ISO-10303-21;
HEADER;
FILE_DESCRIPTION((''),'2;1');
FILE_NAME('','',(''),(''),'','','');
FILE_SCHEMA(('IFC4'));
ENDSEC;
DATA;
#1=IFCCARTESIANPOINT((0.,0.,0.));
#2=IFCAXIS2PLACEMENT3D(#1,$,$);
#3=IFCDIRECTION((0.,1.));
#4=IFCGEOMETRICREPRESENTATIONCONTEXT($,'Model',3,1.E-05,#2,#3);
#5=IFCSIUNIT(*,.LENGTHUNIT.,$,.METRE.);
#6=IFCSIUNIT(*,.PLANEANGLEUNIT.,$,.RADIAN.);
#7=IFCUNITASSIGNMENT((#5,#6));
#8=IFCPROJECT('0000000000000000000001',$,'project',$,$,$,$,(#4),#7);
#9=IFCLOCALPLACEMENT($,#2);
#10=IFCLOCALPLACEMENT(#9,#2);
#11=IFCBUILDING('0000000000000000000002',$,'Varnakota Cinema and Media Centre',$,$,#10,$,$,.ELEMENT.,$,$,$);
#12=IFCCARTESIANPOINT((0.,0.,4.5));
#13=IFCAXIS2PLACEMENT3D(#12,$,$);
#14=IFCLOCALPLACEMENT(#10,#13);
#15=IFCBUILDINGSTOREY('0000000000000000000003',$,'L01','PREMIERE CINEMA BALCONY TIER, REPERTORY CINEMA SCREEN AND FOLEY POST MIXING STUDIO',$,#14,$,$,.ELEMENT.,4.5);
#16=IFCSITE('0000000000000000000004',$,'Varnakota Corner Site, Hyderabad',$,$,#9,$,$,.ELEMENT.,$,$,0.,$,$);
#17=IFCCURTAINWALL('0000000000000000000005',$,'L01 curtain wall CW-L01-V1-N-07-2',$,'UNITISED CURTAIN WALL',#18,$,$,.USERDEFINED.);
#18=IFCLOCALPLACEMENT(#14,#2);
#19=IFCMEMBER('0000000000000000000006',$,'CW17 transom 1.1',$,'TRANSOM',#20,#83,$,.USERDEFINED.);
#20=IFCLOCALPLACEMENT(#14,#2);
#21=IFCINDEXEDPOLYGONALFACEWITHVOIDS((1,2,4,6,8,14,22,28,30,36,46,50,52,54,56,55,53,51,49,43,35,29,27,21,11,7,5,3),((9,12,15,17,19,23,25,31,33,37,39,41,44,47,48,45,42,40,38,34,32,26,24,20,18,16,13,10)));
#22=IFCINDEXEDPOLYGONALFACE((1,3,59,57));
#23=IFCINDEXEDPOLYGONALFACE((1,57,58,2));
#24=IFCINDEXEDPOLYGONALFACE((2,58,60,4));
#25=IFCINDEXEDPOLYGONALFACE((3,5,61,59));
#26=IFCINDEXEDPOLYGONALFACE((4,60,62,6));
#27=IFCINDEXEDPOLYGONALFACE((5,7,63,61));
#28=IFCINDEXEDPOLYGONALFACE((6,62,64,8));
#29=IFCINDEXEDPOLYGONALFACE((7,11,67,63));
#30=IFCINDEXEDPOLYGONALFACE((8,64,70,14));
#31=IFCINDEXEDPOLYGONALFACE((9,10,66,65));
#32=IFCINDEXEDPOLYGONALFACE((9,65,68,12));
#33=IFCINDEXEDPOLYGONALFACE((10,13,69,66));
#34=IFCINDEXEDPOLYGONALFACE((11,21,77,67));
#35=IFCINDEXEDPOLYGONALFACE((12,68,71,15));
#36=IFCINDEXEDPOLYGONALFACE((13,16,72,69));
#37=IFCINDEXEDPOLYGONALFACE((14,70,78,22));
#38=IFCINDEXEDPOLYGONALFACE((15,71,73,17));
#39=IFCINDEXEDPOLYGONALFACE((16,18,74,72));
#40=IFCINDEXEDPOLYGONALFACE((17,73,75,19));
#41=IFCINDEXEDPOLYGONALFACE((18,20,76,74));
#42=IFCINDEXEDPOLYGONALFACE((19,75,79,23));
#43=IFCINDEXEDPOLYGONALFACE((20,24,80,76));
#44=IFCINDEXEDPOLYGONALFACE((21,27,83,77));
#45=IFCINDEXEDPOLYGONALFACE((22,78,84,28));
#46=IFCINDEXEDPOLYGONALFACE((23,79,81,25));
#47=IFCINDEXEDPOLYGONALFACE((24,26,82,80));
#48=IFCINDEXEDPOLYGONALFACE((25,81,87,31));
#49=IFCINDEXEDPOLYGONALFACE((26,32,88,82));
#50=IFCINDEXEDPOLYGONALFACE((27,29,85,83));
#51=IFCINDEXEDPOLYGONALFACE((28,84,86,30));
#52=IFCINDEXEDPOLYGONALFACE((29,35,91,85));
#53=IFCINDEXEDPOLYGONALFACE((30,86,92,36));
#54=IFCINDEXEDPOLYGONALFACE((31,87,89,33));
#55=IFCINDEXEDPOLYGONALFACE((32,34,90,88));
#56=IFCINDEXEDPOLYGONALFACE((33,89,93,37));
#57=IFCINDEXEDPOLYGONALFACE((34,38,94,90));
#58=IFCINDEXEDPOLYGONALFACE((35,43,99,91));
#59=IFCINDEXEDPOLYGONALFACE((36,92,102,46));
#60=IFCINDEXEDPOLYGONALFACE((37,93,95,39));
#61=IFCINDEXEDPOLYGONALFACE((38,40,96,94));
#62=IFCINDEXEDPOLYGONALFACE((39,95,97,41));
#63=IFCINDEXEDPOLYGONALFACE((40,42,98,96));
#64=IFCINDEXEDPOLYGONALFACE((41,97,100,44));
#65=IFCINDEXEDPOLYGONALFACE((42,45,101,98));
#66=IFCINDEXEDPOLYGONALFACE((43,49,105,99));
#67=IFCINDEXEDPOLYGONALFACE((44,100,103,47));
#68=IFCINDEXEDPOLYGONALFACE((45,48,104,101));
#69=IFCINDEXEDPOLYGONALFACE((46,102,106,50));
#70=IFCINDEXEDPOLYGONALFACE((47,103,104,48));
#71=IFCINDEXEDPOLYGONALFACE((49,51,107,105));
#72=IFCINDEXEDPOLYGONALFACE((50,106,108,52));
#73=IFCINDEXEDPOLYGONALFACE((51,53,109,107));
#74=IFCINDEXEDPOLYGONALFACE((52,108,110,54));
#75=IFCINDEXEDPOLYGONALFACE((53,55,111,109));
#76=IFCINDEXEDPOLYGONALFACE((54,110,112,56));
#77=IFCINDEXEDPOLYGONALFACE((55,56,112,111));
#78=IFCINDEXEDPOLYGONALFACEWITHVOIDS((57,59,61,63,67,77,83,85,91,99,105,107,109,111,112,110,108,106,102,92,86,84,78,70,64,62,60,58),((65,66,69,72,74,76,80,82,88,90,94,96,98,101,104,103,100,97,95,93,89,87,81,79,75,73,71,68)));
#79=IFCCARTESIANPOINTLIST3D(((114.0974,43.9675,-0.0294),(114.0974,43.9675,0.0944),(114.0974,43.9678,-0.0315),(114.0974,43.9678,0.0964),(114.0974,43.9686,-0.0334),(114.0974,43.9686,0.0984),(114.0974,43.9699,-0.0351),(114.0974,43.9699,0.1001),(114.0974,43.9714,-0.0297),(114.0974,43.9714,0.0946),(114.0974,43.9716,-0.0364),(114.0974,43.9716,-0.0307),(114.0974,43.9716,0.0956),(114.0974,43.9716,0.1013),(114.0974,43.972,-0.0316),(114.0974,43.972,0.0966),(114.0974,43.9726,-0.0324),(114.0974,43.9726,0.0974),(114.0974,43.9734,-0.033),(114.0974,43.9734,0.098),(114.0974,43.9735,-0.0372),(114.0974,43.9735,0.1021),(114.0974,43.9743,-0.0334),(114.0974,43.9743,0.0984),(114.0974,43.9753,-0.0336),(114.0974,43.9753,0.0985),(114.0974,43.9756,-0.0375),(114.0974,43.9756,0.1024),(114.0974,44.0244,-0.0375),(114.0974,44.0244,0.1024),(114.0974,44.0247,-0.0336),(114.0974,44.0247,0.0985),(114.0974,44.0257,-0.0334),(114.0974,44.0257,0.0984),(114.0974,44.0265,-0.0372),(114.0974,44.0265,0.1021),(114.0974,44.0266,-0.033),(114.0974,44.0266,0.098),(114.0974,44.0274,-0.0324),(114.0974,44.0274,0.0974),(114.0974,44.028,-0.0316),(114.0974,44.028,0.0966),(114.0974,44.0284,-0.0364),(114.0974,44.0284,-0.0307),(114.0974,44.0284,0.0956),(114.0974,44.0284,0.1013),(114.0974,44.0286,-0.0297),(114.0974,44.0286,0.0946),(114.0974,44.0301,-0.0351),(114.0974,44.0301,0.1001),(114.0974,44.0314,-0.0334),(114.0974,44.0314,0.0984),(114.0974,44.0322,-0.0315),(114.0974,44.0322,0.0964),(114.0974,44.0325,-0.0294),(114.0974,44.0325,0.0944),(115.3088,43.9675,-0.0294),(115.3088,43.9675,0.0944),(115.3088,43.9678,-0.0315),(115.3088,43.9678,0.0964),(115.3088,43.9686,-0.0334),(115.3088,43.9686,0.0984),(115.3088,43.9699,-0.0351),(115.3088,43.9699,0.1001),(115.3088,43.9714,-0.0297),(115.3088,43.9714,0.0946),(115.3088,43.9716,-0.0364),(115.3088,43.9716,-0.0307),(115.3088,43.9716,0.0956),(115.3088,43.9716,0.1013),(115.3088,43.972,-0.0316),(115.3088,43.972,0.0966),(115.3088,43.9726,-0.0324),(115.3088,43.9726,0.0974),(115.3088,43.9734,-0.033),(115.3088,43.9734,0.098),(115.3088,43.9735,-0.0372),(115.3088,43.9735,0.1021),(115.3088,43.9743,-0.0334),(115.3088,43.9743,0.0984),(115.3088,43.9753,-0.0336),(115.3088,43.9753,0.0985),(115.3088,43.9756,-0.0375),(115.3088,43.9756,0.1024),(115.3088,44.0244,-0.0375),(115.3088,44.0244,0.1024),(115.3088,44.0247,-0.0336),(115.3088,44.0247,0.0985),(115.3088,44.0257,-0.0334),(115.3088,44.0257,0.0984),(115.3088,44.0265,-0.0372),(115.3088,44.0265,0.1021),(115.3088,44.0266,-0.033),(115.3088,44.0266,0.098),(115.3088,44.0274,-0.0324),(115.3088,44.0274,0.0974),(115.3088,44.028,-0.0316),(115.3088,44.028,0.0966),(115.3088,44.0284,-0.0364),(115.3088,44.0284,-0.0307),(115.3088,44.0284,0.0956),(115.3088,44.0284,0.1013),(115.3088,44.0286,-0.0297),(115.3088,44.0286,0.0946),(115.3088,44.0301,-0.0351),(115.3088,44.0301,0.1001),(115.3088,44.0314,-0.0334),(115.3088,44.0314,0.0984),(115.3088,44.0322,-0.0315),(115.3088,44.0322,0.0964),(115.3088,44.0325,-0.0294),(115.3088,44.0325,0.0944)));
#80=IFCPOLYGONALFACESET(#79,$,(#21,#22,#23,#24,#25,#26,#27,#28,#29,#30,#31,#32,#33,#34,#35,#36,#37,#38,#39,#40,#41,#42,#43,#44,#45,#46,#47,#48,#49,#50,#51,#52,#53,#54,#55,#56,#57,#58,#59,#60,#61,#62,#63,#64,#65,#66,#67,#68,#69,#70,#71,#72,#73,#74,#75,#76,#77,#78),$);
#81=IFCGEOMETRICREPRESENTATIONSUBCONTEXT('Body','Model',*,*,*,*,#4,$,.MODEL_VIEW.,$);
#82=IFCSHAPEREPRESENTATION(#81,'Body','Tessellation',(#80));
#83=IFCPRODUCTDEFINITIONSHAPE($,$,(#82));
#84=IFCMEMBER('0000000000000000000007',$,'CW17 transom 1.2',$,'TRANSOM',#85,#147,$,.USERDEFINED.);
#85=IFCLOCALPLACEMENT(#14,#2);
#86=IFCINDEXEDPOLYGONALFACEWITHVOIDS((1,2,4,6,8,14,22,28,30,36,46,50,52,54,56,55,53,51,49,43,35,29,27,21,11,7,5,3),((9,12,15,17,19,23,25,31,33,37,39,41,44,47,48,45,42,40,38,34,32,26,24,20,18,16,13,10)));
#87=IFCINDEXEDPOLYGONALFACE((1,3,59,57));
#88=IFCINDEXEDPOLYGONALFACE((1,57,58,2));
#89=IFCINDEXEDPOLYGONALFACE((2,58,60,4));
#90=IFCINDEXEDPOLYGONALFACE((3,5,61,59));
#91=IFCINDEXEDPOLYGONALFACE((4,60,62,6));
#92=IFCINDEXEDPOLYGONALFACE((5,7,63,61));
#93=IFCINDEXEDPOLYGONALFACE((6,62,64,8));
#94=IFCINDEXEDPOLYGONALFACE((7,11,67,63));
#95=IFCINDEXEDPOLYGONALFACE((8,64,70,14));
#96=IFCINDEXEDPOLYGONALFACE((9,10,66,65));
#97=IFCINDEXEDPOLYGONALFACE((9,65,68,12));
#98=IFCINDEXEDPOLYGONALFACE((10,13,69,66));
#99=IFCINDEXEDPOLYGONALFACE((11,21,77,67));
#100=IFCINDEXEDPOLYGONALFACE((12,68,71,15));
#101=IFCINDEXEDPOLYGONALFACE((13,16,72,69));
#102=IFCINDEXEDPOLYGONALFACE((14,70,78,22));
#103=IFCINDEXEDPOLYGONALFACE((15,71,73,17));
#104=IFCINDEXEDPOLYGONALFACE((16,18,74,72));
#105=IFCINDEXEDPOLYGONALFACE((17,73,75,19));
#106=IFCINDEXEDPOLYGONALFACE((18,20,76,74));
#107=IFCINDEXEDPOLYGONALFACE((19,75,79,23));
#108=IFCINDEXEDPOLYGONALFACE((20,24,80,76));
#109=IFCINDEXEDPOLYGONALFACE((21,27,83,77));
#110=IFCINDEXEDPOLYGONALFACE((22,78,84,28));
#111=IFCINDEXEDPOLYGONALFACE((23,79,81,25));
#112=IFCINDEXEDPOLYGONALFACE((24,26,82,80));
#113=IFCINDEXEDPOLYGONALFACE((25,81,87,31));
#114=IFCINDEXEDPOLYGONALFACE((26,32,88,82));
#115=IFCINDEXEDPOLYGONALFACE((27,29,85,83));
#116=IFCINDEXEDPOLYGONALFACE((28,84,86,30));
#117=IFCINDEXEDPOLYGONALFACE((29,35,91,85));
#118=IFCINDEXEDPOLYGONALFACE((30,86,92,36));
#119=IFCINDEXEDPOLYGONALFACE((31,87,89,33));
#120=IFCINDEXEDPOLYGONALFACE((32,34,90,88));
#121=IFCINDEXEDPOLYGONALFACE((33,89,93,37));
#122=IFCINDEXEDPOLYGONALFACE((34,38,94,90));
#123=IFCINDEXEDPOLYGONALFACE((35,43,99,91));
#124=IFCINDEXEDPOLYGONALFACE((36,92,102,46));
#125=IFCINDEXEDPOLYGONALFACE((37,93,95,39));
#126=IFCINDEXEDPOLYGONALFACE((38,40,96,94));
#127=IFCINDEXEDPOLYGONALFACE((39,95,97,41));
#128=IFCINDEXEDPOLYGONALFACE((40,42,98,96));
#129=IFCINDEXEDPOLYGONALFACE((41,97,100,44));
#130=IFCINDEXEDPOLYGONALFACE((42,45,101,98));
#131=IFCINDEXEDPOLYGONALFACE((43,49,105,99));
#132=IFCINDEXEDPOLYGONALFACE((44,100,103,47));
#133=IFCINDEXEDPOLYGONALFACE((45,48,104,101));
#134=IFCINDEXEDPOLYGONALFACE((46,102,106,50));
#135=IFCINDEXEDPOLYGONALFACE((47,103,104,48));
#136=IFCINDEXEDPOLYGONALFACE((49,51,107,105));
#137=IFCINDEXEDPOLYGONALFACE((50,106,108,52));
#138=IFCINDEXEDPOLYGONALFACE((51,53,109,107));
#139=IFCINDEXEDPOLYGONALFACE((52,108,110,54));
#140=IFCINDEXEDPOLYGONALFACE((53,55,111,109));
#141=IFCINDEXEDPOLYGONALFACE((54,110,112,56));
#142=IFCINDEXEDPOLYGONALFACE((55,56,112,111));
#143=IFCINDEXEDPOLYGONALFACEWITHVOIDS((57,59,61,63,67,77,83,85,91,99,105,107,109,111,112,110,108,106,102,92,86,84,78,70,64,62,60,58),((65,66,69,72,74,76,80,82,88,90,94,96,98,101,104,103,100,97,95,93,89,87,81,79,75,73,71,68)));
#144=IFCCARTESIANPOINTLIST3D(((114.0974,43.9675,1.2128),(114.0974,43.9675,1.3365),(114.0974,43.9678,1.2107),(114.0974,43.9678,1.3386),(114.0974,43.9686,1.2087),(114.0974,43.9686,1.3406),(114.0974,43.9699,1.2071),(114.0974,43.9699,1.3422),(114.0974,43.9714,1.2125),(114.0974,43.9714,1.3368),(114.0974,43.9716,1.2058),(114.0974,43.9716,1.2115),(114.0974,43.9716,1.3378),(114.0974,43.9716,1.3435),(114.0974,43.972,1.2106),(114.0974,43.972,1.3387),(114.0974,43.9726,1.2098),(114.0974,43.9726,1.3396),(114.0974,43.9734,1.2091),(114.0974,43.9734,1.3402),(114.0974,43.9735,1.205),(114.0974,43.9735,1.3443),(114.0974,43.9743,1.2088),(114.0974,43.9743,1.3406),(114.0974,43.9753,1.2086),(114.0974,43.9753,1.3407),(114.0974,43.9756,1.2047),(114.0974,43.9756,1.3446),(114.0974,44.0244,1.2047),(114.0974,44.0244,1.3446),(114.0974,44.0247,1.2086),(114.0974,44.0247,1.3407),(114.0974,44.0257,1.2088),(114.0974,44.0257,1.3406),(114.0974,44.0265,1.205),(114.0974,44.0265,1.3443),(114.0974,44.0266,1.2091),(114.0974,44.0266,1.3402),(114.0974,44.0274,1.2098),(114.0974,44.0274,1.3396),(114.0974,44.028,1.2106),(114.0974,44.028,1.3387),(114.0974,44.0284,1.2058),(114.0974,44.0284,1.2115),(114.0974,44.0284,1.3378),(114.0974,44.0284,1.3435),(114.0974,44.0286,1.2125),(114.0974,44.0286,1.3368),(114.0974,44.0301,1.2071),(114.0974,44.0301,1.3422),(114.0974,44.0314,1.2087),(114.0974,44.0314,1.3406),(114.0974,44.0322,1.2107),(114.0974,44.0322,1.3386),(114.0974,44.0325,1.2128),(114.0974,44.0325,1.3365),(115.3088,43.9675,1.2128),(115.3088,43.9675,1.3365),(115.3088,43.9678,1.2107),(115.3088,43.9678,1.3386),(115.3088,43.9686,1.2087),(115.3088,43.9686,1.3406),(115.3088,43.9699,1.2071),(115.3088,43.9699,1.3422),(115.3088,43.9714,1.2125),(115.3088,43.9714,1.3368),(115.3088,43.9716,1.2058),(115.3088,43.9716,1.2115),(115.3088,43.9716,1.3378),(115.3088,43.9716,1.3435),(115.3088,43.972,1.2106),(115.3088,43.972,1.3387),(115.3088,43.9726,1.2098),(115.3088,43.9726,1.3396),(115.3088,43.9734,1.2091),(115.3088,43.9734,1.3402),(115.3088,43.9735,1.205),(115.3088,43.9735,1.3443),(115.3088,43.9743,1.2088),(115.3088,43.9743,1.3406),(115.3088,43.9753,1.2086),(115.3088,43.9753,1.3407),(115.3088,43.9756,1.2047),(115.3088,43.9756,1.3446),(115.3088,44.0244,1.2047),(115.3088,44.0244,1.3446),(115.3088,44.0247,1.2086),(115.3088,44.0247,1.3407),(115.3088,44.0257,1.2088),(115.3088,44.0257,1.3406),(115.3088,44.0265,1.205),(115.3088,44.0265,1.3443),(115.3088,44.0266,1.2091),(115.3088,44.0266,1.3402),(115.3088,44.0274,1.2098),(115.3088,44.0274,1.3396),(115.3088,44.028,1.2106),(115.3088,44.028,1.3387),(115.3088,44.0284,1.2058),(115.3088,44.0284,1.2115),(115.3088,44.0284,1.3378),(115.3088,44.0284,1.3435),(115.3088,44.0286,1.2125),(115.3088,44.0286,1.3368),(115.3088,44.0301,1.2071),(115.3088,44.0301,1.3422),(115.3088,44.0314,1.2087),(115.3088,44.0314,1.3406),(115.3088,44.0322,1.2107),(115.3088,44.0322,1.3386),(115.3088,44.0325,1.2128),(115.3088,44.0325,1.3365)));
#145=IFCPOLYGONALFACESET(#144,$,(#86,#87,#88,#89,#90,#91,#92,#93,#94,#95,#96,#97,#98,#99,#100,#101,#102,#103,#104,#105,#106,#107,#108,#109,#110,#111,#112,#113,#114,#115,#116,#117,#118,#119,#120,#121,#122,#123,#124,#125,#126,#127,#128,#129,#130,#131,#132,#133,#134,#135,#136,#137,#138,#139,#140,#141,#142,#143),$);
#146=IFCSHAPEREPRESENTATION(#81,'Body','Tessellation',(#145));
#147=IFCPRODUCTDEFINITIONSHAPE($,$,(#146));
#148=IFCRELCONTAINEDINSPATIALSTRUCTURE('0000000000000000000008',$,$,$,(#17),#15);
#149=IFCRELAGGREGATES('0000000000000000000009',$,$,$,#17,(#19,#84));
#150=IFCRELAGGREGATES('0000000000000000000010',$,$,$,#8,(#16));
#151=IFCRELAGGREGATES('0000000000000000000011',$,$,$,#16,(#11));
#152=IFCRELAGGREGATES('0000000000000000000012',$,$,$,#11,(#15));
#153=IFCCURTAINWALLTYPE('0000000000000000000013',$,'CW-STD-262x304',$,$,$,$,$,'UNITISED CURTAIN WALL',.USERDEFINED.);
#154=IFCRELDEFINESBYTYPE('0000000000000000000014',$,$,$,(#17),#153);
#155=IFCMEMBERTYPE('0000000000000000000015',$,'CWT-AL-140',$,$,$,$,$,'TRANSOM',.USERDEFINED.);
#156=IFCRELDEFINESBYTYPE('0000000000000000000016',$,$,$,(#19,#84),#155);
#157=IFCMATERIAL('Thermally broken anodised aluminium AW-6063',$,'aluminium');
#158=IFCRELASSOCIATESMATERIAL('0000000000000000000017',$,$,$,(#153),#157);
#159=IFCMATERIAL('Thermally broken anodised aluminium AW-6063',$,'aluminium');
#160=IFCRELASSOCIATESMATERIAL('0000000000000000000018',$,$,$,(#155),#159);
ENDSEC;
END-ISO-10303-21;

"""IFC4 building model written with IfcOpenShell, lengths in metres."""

from ifc_helpers import new_model, si_unit, direction, frame, origin, origin_2d, place, context, subcontext, project, spatial, hollow_rectangle, extrude, material, material_profile, profile_set, type_object, element, aggregate, save


model = new_model("IFC4")

# Units and contexts
model_context = context("Model", 3, precision=1e-05, world=origin(), true_north=direction((0.0, 1.0)))
body_context = subcontext(model_context, "Body", "Model", "MODEL_VIEW")
ifc_project = project(units=[si_unit("LENGTHUNIT", "METRE"), si_unit("PLANEANGLEUNIT", "RADIAN")], contexts=[model_context])

# Site, building, storey
site_placement = place(None, origin())
site = spatial("IfcSite", under=ifc_project, at=site_placement, Name="Varnakota Corner Site, Hyderabad", CompositionType="ELEMENT", RefElevation=0.0)
building_placement = place(site_placement, origin())
building = spatial("IfcBuilding", under=site, at=building_placement, Name="Varnakota Cinema and Media Centre", CompositionType="ELEMENT")
storey_placement = place(building_placement, frame((0.0, 0.0, 4.5)))
storey = spatial("IfcBuildingStorey", under=building, at=storey_placement, Name="L01", Description="PREMIERE CINEMA BALCONY TIER, REPERTORY CINEMA SCREEN AND FOLEY POST MIXING STUDIO", CompositionType="ELEMENT", Elevation=4.5)

# Shared definitions
ifc_material_1 = material(Name="Thermally broken anodised aluminium AW-6063", Category="aluminium")
curtain_wall_type = type_object("IfcCurtainWallType", Name="CW-STD-262x304", ElementType="UNITISED CURTAIN WALL", PredefinedType="USERDEFINED", material=ifc_material_1)

# Curtain wall
curtain_wall_1_placement = place(storey_placement, origin())
curtain_wall_1 = element("IfcCurtainWall", 1, at=curtain_wall_1_placement, inside=storey, type_object=curtain_wall_type, Name="L01 curtain wall CW-L01-V1-N-07-2", ObjectType="UNITISED CURTAIN WALL", PredefinedType="USERDEFINED")

# Members
ifc_material_2 = material(Name="Thermally broken anodised aluminium AW-6063", Category="aluminium")
ifc_material_profile_1 = material_profile(ifc_material_2, hollow_rectangle(XDim=0.0649, YDim=0.1399, WallThickness=0.0039, InnerFilletRadius=0.0039, OuterFilletRadius=0.0081, at=origin_2d()), Name="AL-TRANSOM 140x65x4")
ifc_profile_set_1 = profile_set([ifc_material_profile_1], Name="Thermally broken anodised aluminium AW-6063")
member_type_1 = type_object("IfcMemberType", Name="CWT-AL-140", ElementType="TRANSOM", PredefinedType="USERDEFINED", material=ifc_profile_set_1)
member_1_placement = place(storey_placement, frame((114.0974, 44.0, 0.0325), z_axis=(1.0, 0.0, 0.0), x_axis=(0.0, 1.0, 0.0)))
member_1 = element("IfcMember", 2, at=member_1_placement, type_object=member_type_1, Name="CW17 transom 1.1", ObjectType="TRANSOM", PredefinedType="USERDEFINED", context=body_context, shape_type="SweptSolid", body=[
    extrude(hollow_rectangle(XDim=0.0649, YDim=0.1399, WallThickness=0.0039, InnerFilletRadius=0.0039, OuterFilletRadius=0.0081, at=origin_2d()), origin(), (0.0, 0.0, 1.0), 1.2114),
])
member_2_placement = place(storey_placement, frame((114.0974, 44.0, 1.2747), z_axis=(1.0, 0.0, 0.0), x_axis=(0.0, 1.0, 0.0)))
member_2 = element("IfcMember", 3, at=member_2_placement, type_object=member_type_1, Name="CW17 transom 1.2", ObjectType="TRANSOM", PredefinedType="USERDEFINED", context=body_context, shape_type="SweptSolid", body=[
    extrude(hollow_rectangle(XDim=0.0649, YDim=0.1399, WallThickness=0.0039, InnerFilletRadius=0.0039, OuterFilletRadius=0.0081, at=origin_2d()), origin(), (0.0, 0.0, 1.0), 1.2114),
])

aggregate(curtain_wall_1, [member_1, member_2])

save(model, "model.ifc")
